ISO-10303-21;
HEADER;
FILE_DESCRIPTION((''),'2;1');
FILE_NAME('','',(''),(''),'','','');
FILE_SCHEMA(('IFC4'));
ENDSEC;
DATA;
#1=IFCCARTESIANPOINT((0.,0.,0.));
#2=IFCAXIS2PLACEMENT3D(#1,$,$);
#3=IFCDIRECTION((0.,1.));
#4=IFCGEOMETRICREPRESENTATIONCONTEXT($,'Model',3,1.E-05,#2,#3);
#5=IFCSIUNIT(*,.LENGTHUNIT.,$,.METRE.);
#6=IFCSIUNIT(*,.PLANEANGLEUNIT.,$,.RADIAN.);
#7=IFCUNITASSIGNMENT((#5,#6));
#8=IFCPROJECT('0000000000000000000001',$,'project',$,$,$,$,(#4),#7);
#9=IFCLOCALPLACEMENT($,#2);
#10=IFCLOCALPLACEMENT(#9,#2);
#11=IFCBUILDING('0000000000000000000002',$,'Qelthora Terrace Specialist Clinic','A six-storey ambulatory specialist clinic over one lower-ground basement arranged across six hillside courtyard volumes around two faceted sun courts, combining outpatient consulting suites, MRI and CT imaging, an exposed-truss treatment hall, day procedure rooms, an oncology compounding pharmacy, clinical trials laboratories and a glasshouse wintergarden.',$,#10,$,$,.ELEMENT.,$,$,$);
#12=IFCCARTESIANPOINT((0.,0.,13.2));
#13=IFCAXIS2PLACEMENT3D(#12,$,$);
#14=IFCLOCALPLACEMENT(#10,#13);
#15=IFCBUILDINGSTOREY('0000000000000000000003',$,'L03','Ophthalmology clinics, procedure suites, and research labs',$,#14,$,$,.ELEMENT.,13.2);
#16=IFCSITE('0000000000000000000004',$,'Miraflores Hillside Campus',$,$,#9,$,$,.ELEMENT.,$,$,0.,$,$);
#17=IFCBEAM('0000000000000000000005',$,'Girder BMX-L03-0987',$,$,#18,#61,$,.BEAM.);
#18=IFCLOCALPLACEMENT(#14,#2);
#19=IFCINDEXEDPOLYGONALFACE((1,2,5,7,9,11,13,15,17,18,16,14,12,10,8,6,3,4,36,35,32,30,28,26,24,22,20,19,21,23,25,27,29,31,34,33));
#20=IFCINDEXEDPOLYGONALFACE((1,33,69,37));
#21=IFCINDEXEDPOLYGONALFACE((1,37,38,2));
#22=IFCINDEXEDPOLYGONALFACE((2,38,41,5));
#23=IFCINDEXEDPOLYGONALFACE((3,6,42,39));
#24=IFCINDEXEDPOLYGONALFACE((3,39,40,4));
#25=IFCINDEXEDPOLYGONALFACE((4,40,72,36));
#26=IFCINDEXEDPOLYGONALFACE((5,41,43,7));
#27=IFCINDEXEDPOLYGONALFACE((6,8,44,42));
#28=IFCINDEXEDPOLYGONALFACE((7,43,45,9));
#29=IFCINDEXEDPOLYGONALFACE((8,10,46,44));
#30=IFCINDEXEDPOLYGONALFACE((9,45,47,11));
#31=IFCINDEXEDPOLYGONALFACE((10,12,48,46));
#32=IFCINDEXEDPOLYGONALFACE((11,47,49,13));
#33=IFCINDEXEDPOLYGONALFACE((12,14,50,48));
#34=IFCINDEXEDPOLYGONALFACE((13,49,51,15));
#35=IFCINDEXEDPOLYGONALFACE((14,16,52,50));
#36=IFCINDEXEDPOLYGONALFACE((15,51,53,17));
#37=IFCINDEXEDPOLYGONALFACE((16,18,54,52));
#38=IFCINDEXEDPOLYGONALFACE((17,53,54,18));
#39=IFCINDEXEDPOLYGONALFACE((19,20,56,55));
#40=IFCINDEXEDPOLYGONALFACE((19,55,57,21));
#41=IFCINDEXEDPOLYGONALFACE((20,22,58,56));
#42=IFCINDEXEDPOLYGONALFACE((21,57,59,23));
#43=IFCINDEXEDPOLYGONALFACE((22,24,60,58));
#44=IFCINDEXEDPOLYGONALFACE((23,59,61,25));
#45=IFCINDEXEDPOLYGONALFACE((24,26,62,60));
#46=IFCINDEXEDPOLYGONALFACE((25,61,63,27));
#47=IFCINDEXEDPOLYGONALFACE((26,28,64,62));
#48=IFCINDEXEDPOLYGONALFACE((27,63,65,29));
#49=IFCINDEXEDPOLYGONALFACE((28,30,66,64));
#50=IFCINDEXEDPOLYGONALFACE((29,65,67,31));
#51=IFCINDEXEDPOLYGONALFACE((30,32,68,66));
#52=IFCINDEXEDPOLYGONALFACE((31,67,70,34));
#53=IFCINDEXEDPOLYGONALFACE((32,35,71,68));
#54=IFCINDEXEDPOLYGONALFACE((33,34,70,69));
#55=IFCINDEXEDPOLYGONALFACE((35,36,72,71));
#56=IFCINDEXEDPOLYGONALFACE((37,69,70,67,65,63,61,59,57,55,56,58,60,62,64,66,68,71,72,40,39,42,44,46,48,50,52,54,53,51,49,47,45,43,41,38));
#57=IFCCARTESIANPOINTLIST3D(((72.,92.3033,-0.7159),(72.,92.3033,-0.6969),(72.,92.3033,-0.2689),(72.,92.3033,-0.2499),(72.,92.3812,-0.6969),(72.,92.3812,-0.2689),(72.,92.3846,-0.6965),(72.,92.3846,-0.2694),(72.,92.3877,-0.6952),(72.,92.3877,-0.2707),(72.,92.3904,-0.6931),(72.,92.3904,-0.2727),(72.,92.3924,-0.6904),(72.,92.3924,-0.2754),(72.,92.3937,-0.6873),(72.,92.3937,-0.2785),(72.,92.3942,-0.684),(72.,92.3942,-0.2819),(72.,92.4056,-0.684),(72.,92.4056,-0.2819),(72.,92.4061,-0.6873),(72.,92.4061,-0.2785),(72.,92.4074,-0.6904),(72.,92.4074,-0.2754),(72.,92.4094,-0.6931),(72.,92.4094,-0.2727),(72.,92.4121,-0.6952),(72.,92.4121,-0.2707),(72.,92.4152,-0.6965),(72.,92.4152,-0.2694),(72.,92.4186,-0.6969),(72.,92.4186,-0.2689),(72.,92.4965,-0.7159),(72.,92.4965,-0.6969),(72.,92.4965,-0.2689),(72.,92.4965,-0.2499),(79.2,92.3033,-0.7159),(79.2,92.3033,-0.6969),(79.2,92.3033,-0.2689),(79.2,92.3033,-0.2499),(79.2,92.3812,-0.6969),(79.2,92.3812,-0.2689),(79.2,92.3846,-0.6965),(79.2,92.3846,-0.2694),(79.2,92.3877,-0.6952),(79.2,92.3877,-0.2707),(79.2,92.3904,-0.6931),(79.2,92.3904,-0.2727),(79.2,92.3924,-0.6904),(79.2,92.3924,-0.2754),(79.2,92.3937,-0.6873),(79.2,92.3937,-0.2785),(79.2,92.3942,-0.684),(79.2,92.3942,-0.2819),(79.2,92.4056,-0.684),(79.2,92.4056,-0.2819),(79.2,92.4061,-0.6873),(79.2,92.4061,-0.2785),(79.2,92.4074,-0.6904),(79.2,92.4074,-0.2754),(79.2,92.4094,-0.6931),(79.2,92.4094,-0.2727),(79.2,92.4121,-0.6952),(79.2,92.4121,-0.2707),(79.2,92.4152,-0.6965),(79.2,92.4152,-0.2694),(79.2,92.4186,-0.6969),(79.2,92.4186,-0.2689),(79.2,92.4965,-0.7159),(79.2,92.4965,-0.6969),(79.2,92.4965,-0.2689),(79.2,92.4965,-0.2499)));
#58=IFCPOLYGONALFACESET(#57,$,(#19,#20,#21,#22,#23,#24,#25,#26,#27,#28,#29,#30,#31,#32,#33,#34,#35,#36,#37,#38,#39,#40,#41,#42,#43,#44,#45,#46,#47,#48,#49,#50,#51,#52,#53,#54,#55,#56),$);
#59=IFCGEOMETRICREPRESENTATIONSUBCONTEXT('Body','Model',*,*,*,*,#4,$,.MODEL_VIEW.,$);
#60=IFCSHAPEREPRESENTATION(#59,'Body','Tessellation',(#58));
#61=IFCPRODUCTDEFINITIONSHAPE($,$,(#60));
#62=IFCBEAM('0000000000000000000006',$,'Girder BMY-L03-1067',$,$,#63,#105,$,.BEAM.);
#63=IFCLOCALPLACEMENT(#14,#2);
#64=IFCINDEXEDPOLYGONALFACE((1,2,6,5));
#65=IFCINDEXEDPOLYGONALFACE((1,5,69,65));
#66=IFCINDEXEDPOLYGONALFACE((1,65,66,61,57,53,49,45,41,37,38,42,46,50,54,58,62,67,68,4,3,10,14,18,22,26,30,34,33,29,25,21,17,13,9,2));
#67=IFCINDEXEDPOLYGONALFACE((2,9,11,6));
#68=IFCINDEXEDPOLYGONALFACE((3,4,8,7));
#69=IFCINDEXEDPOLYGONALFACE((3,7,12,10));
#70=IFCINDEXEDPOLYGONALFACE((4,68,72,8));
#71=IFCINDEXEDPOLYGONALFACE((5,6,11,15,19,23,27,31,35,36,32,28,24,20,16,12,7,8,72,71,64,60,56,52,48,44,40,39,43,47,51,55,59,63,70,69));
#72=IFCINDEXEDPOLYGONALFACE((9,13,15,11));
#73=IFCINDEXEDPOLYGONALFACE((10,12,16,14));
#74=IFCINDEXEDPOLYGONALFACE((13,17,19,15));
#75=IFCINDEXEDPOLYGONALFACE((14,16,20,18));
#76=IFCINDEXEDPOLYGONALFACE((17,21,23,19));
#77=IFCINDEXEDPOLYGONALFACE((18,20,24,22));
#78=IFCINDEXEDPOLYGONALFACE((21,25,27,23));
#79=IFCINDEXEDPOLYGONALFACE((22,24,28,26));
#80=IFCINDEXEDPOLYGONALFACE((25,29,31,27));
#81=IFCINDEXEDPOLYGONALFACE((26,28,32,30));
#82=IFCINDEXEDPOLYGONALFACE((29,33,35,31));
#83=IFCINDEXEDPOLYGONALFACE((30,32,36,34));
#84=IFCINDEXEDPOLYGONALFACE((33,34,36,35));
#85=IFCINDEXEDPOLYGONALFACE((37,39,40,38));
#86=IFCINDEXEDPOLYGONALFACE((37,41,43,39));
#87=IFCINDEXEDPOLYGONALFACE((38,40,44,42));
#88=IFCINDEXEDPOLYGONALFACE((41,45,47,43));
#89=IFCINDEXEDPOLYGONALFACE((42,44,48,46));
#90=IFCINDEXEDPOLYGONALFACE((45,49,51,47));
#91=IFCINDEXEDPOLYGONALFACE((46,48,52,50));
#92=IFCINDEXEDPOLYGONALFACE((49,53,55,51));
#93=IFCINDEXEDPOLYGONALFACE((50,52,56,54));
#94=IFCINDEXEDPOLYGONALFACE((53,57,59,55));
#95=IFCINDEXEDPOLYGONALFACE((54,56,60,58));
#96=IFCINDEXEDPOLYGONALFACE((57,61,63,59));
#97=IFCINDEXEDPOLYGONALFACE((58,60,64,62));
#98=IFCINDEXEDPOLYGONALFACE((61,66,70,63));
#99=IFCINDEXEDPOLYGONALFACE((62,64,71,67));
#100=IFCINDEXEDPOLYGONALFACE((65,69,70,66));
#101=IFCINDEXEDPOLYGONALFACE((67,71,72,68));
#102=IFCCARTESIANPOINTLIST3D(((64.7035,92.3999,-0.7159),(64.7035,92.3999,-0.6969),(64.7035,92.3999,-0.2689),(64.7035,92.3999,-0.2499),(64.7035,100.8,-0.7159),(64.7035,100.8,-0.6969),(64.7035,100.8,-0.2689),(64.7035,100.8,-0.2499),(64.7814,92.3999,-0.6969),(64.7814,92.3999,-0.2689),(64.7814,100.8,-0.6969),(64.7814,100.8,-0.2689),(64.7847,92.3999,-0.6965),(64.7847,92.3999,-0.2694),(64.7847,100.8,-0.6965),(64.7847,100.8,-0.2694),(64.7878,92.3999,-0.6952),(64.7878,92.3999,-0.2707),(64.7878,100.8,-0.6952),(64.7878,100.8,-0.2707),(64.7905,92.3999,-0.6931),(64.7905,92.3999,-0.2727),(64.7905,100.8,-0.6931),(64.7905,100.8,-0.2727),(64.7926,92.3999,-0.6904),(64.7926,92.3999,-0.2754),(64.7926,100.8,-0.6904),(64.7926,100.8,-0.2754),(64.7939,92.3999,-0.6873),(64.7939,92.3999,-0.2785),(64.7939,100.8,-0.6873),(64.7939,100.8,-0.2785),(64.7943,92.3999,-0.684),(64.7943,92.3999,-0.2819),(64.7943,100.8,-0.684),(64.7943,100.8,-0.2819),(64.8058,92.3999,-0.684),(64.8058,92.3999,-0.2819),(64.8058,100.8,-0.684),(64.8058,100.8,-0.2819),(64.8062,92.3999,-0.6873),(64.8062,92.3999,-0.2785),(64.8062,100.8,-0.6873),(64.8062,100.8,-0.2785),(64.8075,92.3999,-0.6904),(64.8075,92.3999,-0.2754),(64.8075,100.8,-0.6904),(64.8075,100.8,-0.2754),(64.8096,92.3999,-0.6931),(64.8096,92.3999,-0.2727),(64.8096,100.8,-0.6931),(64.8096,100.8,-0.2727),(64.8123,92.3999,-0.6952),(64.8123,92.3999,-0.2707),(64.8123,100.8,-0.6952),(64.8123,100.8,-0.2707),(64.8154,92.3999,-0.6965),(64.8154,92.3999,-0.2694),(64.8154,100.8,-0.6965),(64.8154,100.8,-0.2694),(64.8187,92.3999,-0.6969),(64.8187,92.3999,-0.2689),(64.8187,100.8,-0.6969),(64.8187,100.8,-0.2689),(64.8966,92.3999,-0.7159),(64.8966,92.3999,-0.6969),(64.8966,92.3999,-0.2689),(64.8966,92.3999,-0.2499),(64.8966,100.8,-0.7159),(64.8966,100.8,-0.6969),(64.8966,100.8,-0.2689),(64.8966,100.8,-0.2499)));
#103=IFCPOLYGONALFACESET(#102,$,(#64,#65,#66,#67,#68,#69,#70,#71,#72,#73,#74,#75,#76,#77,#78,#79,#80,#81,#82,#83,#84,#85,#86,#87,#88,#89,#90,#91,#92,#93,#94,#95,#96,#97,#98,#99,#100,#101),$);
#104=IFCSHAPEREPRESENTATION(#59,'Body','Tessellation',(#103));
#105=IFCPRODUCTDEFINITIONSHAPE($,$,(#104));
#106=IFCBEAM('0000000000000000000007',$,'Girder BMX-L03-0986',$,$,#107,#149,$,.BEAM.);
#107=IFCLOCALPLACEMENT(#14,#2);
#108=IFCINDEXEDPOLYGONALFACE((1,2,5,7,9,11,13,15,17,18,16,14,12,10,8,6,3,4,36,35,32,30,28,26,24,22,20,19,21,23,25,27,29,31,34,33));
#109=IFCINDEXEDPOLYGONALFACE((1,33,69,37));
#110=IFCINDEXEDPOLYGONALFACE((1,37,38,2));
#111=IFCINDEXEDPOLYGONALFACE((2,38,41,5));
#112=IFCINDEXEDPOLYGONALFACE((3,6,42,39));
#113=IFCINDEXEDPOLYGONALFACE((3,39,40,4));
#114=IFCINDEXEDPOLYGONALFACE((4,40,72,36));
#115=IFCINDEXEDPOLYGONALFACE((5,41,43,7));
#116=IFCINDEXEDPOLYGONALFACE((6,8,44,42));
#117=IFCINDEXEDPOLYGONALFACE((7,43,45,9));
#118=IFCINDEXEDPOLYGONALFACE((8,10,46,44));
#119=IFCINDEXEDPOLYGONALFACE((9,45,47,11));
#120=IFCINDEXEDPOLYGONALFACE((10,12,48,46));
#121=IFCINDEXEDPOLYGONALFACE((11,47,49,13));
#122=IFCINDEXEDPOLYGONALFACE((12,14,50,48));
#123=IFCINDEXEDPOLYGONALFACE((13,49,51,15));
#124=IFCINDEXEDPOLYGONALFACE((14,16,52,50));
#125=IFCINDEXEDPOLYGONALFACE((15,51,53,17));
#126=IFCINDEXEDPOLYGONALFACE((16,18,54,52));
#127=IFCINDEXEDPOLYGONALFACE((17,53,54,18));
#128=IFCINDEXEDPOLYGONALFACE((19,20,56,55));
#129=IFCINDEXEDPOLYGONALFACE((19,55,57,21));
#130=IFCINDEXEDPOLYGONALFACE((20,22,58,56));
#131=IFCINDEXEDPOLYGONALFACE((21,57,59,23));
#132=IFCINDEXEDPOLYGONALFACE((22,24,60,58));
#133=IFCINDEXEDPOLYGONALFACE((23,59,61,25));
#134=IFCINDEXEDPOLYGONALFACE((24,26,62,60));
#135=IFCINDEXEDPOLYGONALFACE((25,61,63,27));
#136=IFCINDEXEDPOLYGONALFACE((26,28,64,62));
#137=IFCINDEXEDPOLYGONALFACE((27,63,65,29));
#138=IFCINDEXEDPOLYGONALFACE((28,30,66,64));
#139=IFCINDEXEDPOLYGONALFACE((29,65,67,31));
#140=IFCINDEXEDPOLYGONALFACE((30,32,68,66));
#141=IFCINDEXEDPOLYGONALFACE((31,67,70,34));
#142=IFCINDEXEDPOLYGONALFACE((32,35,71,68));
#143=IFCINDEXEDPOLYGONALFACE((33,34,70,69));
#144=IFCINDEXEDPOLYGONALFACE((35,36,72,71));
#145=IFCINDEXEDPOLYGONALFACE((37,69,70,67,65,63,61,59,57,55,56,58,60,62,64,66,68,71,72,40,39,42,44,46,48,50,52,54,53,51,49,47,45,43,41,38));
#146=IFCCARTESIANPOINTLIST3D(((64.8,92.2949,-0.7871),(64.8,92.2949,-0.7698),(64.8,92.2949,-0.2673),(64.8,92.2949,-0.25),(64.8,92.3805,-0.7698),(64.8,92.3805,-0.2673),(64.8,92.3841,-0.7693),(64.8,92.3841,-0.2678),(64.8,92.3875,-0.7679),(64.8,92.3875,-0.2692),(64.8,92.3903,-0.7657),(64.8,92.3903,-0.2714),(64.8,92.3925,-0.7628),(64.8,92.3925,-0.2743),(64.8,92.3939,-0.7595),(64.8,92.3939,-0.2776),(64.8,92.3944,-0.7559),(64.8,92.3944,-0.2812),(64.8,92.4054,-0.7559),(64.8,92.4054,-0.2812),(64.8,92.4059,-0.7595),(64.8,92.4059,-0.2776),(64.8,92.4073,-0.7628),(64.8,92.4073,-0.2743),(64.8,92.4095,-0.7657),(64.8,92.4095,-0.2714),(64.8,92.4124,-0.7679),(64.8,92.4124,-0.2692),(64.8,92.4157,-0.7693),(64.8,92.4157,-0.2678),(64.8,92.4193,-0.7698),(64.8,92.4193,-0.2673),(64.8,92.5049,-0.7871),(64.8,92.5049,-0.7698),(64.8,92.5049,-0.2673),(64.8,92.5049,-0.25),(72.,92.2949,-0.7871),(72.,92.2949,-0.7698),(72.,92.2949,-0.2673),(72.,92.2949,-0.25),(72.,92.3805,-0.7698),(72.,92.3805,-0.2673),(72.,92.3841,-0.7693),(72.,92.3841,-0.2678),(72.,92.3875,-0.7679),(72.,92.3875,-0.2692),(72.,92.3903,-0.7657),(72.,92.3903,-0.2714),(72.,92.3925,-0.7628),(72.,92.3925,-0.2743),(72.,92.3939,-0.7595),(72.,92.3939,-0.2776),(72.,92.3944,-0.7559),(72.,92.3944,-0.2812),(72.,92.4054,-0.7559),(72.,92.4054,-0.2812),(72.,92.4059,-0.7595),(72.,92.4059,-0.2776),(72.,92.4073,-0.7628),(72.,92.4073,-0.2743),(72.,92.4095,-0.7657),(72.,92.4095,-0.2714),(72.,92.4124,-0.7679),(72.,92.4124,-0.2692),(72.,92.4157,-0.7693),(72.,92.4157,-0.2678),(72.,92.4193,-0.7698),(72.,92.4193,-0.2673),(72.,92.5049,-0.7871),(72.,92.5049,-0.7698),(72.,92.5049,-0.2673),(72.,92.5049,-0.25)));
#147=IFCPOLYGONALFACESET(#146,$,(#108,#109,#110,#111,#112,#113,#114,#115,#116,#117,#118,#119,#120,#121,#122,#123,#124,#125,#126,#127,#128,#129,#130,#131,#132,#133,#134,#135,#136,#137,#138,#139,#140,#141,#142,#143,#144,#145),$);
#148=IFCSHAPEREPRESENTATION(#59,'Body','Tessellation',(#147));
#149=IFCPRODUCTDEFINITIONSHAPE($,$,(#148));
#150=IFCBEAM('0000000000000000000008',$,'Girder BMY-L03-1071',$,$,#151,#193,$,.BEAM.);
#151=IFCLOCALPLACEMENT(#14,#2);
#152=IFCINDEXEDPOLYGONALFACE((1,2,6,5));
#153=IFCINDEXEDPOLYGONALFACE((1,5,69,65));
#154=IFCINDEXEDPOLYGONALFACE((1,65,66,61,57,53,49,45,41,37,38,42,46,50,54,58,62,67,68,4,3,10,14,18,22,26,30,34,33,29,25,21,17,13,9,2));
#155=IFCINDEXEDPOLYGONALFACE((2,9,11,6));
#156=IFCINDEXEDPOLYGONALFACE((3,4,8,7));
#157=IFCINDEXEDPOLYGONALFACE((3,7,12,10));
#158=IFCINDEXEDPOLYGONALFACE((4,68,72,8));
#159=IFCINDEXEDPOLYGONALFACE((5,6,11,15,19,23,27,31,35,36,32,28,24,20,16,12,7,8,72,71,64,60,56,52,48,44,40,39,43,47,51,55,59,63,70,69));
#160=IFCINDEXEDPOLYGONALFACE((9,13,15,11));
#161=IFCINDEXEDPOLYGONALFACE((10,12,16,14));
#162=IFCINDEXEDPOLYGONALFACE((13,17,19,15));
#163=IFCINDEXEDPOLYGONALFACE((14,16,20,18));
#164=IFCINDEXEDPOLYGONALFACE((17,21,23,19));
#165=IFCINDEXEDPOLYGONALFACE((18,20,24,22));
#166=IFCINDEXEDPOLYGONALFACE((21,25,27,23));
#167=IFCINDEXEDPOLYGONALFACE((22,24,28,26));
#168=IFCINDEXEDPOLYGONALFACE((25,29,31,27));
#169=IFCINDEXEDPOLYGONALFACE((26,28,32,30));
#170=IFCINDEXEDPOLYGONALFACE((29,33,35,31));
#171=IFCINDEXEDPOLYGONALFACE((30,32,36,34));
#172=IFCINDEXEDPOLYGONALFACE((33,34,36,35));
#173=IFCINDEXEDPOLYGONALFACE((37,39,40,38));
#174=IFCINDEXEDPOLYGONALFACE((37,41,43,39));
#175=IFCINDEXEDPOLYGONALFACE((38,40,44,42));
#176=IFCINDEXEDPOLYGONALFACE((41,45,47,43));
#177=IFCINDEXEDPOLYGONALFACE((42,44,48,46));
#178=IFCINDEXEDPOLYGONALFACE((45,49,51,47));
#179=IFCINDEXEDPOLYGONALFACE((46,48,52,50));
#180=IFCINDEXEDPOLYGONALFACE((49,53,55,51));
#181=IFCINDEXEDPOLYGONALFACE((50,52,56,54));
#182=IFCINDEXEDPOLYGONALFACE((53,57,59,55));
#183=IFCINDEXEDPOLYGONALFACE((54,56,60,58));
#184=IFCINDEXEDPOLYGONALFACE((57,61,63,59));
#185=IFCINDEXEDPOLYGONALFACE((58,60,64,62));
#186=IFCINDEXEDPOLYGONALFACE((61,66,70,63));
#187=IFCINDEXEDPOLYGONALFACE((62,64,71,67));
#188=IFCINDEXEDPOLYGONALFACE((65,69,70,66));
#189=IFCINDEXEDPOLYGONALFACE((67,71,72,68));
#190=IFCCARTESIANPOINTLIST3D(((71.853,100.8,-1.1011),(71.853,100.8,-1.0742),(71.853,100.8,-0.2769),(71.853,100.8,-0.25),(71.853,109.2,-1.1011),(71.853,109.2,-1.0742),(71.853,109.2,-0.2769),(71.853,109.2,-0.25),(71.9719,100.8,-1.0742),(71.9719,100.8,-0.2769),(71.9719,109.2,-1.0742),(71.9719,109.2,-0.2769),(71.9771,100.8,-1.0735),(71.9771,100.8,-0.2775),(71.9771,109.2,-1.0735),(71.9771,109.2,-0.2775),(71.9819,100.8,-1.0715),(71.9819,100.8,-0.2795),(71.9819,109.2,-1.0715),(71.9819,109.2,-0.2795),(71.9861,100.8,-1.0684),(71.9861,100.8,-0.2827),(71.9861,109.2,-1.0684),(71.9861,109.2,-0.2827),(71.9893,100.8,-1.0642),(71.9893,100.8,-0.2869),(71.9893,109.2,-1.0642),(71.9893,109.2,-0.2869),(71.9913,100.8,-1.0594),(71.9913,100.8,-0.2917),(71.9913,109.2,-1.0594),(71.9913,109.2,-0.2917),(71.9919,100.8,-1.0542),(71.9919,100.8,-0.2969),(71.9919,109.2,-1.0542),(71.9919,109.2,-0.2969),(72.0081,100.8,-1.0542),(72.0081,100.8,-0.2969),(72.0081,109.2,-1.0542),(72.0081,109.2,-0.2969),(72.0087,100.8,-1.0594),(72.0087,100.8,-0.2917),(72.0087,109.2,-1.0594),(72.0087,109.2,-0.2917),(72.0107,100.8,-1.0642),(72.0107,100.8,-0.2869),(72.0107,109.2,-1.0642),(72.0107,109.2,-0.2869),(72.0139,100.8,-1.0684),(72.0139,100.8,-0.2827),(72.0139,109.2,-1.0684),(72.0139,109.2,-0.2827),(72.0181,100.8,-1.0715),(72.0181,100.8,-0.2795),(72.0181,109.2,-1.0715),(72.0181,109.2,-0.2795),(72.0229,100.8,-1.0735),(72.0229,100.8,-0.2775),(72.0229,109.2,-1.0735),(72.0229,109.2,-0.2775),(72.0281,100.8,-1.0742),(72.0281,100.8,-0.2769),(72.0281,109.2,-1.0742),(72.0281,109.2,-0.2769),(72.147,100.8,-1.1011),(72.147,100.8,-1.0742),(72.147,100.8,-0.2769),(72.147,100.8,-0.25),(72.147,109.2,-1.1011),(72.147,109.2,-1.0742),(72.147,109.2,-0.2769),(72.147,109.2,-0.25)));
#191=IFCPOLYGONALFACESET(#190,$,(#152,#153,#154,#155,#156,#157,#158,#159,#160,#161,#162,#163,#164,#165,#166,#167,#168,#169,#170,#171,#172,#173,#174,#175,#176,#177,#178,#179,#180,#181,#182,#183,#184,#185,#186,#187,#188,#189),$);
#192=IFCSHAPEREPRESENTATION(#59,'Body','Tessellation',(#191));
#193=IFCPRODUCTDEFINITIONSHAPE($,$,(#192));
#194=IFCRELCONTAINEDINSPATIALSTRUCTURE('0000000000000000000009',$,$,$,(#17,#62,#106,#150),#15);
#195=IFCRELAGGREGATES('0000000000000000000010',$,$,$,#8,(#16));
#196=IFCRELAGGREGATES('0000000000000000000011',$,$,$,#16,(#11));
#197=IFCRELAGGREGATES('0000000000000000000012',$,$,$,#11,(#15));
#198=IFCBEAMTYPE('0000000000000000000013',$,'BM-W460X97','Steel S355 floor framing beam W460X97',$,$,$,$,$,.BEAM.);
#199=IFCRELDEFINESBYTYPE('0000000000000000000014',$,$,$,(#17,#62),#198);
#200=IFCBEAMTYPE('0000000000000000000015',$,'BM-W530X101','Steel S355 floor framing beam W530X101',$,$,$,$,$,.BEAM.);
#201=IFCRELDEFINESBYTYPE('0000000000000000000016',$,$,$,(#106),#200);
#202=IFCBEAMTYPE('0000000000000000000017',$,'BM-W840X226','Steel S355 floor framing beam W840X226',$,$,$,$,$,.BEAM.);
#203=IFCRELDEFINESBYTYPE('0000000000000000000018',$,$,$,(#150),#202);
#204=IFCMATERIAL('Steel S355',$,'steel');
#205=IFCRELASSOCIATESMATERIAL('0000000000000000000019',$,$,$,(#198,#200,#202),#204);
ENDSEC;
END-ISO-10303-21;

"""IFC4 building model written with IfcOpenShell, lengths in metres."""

from ifc_helpers import new_model, si_unit, direction, frame, origin, origin_2d, place, context, subcontext, project, spatial, i_section, extrude, material, material_profile, profile_set, type_object, element, save


model = new_model("IFC4")

# Units and contexts
model_context = context("Model", 3, precision=1e-05, world=origin(), true_north=direction((0.0, 1.0)))
body_context = subcontext(model_context, "Body", "Model", "MODEL_VIEW")
ifc_project = project(units=[si_unit("LENGTHUNIT", "METRE"), si_unit("PLANEANGLEUNIT", "RADIAN")], contexts=[model_context])

# Site, building, storey
site_placement = place(None, origin())
site = spatial("IfcSite", under=ifc_project, at=site_placement, Name="Miraflores Hillside Campus", CompositionType="ELEMENT", RefElevation=0.0)
building_placement = place(site_placement, origin())
building = spatial("IfcBuilding", under=site, at=building_placement, Name="Qelthora Terrace Specialist Clinic", Description="A six-storey ambulatory specialist clinic over one lower-ground basement arranged across six hillside courtyard volumes around two faceted sun courts, combining outpatient consulting suites, MRI and CT imaging, an exposed-truss treatment hall, day procedure rooms, an oncology compounding pharmacy, clinical trials laboratories and a glasshouse wintergarden.", CompositionType="ELEMENT")
storey_placement = place(building_placement, frame((0.0, 0.0, 13.2)))
storey = spatial("IfcBuildingStorey", under=building, at=storey_placement, Name="L03", Description="Ophthalmology clinics, procedure suites, and research labs", CompositionType="ELEMENT", Elevation=13.2)

# Shared definitions
ifc_material_1 = material(Name="Steel S355", Category="steel")

# Beams
ifc_material_profile_1 = material_profile(ifc_material_1, i_section(OverallWidth=0.1931, OverallDepth=0.4661, WebThickness=0.0115, FlangeThickness=0.019, FilletRadius=0.0129, at=origin_2d()), Name="W460X97")
ifc_profile_set_1 = profile_set([ifc_material_profile_1], Name="Steel S355")
beam_type_1 = type_object("IfcBeamType", Name="BM-W460X97", Description="Steel S355 floor framing beam W460X97", PredefinedType="BEAM", material=ifc_profile_set_1)
beam_1_placement = place(storey_placement, frame((72.0, 92.3999, -0.4829), z_axis=(1.0, 0.0, 0.0), x_axis=(0.0, 1.0, 0.0)))
element("IfcBeam", 1, at=beam_1_placement, inside=storey, type_object=beam_type_1, Name="Girder BMX-L03-0987", PredefinedType="BEAM", context=body_context, shape_type="SweptSolid", body=[
    extrude(i_section(OverallWidth=0.1931, OverallDepth=0.4661, WebThickness=0.0115, FlangeThickness=0.019, FilletRadius=0.0129, at=origin_2d()), origin(), (0.0, 0.0, 1.0), 7.2),
])
beam_2_placement = place(storey_placement, frame((64.8, 92.3999, -0.4829), z_axis=(0.0, 1.0, 0.0), x_axis=(-1.0, 0.0, 0.0)))
element("IfcBeam", 2, at=beam_2_placement, inside=storey, type_object=beam_type_1, Name="Girder BMY-L03-1067", PredefinedType="BEAM", context=body_context, shape_type="SweptSolid", body=[
    extrude(i_section(OverallWidth=0.1931, OverallDepth=0.4661, WebThickness=0.0115, FlangeThickness=0.019, FilletRadius=0.0129, at=origin_2d()), origin(), (0.0, 0.0, 1.0), 8.4001),
])
ifc_material_profile_2 = material_profile(ifc_material_1, i_section(OverallWidth=0.21, OverallDepth=0.5371, WebThickness=0.011, FlangeThickness=0.0173, FilletRadius=0.0139, at=origin_2d()), Name="W530X101")
ifc_profile_set_2 = profile_set([ifc_material_profile_2], Name="Steel S355")
beam_type_2 = type_object("IfcBeamType", Name="BM-W530X101", Description="Steel S355 floor framing beam W530X101", PredefinedType="BEAM", material=ifc_profile_set_2)
beam_3_placement = place(storey_placement, frame((64.8, 92.3999, -0.5186), z_axis=(1.0, 0.0, 0.0), x_axis=(0.0, 1.0, 0.0)))
element("IfcBeam", 3, at=beam_3_placement, inside=storey, type_object=beam_type_2, Name="Girder BMX-L03-0986", PredefinedType="BEAM", context=body_context, shape_type="SweptSolid", body=[
    extrude(i_section(OverallWidth=0.21, OverallDepth=0.5371, WebThickness=0.011, FlangeThickness=0.0173, FilletRadius=0.0139, at=origin_2d()), origin(), (0.0, 0.0, 1.0), 7.2),
])
ifc_material_profile_3 = material_profile(ifc_material_1, i_section(OverallWidth=0.2939, OverallDepth=0.8511, WebThickness=0.0161, FlangeThickness=0.0269, FilletRadius=0.02, at=origin_2d()), Name="W840X226")
ifc_profile_set_3 = profile_set([ifc_material_profile_3], Name="Steel S355")
beam_type_3 = type_object("IfcBeamType", Name="BM-W840X226", Description="Steel S355 floor framing beam W840X226", PredefinedType="BEAM", material=ifc_profile_set_3)
beam_4_placement = place(storey_placement, frame((72.0, 100.8, -0.6755), z_axis=(0.0, 1.0, 0.0), x_axis=(-1.0, 0.0, 0.0)))
element("IfcBeam", 4, at=beam_4_placement, inside=storey, type_object=beam_type_3, Name="Girder BMY-L03-1071", PredefinedType="BEAM", context=body_context, shape_type="SweptSolid", body=[
    extrude(i_section(OverallWidth=0.2939, OverallDepth=0.8511, WebThickness=0.0161, FlangeThickness=0.0269, FilletRadius=0.02, at=origin_2d()), origin(), (0.0, 0.0, 1.0), 8.3999),
])

save(model, "model.ifc")
